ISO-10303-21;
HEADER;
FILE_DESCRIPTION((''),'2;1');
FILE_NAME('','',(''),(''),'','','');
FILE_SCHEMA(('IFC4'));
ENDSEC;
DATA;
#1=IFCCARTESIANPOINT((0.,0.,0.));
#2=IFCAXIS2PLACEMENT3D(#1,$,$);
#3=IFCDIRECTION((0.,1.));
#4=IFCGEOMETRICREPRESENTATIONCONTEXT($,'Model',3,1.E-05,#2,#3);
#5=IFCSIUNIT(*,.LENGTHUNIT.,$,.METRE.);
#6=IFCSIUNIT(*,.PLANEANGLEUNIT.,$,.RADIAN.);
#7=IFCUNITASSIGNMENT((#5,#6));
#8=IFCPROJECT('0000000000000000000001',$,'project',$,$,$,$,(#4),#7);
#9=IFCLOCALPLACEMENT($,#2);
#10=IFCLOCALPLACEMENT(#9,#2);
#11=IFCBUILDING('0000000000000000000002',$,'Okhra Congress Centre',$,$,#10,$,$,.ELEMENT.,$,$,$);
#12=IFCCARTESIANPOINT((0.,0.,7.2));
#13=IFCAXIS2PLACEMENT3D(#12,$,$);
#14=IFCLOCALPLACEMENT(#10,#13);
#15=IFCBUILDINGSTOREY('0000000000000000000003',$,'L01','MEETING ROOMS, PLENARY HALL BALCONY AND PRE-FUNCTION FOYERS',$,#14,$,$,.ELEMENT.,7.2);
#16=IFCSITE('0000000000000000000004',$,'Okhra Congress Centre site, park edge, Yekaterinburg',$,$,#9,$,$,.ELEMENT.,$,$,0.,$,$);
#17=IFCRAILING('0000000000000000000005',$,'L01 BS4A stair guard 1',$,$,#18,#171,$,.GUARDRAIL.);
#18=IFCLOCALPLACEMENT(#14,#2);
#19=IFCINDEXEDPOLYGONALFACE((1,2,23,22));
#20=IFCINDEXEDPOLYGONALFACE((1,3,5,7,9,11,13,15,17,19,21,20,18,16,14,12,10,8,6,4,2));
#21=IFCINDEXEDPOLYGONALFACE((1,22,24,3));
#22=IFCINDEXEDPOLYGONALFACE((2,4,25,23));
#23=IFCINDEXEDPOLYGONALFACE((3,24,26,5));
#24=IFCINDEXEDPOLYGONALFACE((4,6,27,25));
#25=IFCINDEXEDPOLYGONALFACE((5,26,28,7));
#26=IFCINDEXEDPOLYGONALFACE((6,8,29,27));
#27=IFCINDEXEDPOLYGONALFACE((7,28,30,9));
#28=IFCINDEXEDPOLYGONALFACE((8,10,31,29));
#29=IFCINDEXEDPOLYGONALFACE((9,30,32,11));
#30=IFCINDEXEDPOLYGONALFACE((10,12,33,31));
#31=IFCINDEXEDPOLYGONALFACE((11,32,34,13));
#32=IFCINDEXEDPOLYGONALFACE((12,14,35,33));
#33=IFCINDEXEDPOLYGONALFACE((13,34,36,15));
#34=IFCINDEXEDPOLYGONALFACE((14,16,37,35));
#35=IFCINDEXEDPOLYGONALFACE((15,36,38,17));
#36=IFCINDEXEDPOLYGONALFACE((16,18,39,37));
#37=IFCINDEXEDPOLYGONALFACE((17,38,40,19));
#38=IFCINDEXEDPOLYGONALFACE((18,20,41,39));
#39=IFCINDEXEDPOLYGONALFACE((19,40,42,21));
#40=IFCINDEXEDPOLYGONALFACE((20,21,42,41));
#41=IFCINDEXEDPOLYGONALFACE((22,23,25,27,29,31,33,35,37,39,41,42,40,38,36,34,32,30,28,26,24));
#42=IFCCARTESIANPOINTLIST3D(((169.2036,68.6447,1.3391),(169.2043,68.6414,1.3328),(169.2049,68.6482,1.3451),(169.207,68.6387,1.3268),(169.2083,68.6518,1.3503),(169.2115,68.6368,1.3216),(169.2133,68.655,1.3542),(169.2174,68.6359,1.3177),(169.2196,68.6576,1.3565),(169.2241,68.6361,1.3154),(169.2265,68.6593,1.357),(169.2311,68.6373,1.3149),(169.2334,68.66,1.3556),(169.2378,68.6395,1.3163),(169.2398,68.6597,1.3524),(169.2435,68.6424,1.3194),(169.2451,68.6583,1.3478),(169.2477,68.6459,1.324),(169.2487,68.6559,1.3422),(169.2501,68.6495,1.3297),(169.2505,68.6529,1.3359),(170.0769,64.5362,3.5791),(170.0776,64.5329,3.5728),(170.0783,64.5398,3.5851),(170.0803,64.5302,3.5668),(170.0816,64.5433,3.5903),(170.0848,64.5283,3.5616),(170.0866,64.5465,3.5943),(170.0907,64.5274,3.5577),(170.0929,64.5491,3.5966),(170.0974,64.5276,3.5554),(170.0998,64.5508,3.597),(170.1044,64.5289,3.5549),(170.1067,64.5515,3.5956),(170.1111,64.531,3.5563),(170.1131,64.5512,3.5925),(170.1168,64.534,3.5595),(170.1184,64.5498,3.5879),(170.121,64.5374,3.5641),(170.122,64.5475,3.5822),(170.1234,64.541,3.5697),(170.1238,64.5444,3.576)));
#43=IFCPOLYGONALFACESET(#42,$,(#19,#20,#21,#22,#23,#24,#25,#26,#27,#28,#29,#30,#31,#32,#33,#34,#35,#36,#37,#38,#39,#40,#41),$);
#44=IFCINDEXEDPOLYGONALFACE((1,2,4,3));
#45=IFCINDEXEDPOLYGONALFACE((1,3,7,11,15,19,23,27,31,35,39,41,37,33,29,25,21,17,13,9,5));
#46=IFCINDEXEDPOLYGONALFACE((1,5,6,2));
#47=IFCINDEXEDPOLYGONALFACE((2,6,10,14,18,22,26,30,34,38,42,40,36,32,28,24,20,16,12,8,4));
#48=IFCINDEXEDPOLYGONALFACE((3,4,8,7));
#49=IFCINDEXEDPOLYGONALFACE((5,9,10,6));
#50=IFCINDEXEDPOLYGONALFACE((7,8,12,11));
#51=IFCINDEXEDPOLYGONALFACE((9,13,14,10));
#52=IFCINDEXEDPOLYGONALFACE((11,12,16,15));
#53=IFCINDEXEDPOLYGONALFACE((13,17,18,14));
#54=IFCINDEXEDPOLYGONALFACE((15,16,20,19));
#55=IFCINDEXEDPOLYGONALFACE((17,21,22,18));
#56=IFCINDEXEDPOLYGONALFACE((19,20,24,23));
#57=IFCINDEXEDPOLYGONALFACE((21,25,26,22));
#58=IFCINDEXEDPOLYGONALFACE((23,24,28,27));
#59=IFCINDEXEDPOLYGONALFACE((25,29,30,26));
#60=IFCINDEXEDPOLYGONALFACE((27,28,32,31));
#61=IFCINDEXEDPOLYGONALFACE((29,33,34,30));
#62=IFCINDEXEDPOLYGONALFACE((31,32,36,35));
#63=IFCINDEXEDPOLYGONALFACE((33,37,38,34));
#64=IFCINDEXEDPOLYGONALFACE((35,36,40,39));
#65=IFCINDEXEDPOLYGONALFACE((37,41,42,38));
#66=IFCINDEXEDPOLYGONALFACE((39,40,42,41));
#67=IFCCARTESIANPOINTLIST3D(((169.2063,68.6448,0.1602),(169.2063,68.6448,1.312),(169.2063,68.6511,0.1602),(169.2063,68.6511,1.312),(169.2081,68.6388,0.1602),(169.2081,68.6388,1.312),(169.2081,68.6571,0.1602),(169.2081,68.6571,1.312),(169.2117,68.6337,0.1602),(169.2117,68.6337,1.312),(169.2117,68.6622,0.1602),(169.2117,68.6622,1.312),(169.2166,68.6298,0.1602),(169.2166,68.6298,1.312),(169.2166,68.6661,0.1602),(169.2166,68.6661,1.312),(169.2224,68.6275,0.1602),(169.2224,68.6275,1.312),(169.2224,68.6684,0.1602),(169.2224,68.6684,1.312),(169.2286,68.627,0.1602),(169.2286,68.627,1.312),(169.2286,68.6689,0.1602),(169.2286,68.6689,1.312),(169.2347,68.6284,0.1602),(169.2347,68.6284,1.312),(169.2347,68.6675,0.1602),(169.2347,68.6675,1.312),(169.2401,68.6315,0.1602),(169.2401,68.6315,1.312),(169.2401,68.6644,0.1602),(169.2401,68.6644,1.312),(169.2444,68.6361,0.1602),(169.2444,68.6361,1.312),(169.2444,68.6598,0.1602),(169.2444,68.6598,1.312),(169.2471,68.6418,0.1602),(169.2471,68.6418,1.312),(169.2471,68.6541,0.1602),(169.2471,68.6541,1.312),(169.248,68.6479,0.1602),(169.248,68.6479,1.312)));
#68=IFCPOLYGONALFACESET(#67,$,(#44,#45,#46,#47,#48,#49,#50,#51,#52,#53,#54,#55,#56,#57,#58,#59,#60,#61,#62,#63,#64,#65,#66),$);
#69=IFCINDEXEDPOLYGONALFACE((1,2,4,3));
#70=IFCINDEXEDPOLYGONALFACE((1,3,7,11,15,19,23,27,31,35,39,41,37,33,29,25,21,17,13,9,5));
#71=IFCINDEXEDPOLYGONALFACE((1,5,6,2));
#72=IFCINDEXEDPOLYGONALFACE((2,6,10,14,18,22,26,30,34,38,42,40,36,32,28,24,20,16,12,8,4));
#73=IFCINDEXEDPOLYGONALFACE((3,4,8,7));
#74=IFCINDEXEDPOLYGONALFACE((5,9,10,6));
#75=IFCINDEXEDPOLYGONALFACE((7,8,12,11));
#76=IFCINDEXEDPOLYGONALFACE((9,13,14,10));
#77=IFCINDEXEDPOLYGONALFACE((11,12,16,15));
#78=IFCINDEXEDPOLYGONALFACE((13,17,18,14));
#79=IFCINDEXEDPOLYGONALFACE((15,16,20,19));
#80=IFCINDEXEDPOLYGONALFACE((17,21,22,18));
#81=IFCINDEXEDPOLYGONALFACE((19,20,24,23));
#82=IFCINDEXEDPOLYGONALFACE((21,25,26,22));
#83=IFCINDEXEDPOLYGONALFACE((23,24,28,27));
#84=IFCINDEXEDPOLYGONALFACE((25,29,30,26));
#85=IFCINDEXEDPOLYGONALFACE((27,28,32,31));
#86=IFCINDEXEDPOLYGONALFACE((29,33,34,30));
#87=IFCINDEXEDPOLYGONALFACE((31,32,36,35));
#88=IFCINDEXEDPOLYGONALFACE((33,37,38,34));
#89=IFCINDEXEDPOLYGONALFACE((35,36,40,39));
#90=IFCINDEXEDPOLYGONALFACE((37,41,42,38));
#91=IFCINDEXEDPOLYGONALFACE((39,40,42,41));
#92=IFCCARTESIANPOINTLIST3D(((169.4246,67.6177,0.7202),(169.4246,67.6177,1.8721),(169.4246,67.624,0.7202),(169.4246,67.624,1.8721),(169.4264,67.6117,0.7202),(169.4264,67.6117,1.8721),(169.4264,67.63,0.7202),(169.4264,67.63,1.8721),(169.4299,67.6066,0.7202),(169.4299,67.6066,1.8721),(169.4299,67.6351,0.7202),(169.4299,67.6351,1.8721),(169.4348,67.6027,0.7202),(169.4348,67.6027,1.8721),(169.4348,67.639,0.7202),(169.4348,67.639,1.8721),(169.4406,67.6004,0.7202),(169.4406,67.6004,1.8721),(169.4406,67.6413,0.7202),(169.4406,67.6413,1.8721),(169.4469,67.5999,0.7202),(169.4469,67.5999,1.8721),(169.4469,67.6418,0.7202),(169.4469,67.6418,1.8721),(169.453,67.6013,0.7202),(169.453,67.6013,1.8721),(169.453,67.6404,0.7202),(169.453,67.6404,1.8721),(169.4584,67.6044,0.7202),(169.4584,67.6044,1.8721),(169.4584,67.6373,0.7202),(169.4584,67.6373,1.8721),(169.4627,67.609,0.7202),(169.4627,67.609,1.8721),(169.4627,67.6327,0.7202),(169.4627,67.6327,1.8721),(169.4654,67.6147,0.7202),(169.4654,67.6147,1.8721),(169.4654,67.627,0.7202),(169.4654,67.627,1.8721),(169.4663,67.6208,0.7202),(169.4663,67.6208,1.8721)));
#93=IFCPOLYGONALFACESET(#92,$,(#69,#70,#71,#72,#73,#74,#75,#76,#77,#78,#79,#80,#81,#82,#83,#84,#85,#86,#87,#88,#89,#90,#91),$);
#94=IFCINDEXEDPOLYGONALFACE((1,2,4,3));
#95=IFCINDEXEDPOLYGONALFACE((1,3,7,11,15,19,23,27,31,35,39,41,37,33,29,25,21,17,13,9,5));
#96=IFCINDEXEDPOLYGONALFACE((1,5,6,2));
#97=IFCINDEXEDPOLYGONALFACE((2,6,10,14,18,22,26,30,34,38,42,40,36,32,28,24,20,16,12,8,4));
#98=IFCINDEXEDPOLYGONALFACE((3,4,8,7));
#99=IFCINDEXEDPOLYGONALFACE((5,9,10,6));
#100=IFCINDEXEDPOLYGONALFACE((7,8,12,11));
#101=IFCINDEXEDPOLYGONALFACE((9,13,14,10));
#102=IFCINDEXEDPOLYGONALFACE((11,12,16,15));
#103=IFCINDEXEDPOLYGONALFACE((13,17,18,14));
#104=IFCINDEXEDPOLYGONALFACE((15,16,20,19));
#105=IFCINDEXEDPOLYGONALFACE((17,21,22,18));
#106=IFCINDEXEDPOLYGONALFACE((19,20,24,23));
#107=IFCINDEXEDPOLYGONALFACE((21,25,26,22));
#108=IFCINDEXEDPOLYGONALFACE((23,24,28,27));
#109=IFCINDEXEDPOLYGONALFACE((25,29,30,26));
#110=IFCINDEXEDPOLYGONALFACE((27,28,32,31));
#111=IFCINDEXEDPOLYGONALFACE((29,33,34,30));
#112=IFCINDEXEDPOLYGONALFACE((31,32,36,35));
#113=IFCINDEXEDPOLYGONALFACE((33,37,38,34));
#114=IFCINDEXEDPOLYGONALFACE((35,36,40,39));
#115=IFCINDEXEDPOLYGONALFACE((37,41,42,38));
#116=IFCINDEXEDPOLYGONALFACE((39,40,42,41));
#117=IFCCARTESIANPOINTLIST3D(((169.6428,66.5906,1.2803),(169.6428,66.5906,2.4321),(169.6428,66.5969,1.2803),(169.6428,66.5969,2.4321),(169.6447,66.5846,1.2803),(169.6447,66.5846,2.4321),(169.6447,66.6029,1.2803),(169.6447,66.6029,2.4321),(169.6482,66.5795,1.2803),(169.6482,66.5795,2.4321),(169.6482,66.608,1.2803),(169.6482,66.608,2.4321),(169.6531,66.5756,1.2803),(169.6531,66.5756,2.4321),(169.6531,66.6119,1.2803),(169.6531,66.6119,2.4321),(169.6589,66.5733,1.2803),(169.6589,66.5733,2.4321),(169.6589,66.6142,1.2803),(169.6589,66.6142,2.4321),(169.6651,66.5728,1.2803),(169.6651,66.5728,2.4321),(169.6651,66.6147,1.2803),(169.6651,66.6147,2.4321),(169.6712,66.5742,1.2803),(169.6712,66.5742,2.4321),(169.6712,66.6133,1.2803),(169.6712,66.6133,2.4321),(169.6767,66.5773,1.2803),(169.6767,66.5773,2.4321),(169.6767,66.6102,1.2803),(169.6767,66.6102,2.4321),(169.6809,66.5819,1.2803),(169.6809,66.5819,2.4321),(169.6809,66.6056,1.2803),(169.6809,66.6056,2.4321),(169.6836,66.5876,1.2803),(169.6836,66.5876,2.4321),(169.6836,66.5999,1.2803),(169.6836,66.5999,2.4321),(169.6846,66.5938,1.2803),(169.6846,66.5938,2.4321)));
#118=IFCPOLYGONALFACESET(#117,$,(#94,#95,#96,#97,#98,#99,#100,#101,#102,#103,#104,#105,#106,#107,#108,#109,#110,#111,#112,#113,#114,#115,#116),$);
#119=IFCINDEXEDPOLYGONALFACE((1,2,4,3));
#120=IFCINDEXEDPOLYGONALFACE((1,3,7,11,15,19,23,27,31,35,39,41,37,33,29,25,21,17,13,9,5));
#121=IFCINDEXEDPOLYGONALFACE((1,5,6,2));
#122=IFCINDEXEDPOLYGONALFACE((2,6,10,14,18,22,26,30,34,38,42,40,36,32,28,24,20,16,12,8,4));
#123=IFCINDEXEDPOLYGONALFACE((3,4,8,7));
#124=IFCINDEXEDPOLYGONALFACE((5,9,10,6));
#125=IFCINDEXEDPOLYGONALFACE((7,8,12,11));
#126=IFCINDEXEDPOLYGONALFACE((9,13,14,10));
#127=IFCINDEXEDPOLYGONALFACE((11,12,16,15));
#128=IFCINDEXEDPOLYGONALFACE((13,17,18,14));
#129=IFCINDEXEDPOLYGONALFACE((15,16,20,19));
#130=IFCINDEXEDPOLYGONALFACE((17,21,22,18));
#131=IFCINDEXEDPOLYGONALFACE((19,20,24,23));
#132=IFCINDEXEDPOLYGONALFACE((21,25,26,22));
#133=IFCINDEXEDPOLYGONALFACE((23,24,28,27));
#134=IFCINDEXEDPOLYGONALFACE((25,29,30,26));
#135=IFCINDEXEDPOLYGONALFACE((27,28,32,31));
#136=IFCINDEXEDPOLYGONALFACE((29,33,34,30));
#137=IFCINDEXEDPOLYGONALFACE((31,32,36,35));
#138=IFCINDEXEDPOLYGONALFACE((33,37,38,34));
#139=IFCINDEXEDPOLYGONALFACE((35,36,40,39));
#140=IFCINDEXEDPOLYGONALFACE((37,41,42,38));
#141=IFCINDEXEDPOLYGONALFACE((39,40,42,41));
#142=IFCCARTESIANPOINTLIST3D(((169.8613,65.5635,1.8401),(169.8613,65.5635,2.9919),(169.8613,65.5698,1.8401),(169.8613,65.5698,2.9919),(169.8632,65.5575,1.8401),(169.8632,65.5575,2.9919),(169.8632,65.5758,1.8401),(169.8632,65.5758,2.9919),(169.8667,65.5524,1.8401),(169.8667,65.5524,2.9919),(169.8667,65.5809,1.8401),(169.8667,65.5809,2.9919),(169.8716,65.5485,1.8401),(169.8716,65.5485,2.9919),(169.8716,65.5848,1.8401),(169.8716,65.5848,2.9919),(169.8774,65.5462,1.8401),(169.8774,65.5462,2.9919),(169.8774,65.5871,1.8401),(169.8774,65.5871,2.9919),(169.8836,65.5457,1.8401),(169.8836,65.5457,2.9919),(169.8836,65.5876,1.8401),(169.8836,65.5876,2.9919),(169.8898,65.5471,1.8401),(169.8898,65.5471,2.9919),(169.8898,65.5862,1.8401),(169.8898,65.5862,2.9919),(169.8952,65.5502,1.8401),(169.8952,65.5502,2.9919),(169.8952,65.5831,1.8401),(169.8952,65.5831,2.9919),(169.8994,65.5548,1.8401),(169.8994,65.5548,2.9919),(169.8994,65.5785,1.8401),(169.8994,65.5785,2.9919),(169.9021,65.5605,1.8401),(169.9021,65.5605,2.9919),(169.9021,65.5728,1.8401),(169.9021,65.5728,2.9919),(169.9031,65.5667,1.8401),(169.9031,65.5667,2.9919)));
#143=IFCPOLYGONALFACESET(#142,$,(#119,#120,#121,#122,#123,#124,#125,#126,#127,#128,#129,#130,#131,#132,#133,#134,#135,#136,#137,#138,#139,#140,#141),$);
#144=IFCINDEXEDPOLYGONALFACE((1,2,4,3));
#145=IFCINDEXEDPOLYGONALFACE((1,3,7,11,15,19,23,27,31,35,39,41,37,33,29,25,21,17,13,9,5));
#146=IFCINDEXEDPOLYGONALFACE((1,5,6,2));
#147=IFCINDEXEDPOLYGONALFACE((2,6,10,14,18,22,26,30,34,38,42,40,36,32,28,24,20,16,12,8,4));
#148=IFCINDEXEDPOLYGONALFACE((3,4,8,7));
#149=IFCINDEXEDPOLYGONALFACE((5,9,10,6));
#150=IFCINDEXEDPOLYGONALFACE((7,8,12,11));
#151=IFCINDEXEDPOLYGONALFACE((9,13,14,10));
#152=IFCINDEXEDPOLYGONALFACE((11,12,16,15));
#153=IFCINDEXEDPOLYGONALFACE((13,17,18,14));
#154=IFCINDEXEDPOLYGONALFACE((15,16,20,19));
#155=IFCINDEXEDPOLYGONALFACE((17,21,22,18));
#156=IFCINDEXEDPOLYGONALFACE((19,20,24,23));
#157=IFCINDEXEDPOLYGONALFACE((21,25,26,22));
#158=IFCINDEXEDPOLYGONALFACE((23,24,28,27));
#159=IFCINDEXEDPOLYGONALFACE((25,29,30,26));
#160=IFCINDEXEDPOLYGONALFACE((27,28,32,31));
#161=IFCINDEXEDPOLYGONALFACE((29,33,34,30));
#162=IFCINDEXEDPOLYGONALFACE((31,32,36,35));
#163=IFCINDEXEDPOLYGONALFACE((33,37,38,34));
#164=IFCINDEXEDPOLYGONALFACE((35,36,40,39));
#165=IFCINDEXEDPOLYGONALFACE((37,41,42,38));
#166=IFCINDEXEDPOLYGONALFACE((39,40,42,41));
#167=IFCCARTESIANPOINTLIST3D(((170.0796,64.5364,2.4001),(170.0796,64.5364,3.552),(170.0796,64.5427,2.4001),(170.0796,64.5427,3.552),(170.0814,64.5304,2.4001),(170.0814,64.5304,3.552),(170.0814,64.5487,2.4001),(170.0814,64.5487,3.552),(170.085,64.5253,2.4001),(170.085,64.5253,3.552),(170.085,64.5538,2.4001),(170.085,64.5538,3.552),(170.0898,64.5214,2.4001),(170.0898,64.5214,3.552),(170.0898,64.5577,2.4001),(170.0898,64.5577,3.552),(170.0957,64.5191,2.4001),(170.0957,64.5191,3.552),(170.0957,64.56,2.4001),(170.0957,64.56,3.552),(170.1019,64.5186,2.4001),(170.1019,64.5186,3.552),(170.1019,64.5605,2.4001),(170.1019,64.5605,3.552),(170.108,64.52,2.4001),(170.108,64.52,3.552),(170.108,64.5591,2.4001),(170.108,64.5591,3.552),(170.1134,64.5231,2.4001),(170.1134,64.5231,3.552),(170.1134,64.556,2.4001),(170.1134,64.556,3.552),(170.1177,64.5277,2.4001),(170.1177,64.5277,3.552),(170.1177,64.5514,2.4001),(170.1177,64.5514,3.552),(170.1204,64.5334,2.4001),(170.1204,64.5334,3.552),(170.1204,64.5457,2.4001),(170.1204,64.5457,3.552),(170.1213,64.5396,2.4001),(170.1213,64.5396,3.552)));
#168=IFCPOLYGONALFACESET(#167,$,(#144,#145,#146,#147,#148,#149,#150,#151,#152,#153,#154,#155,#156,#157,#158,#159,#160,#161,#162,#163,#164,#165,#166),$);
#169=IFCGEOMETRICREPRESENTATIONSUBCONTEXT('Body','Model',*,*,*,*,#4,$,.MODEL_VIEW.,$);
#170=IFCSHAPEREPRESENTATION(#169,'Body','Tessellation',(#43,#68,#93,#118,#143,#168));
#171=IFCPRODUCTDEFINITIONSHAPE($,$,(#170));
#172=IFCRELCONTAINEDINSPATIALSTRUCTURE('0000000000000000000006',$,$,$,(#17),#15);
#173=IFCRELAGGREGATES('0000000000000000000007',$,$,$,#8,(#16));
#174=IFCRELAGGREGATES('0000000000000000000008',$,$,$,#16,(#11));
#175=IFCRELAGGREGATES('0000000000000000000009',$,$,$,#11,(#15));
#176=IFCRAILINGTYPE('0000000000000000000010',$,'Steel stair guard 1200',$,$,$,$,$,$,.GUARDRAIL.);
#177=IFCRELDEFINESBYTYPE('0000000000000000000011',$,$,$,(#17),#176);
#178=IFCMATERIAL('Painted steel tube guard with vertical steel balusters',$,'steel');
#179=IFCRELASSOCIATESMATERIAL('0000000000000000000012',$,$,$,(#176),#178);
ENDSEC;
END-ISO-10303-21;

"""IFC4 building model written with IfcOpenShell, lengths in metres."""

from ifc_helpers import new_model, si_unit, direction, frame, origin, origin_2d, place, context, subcontext, project, spatial, circle, extrude, material, type_object, element, save


model = new_model("IFC4")

# Units and contexts
model_context = context("Model", 3, precision=1e-05, world=origin(), true_north=direction((0.0, 1.0)))
body_context = subcontext(model_context, "Body", "Model", "MODEL_VIEW")
ifc_project = project(units=[si_unit("LENGTHUNIT", "METRE"), si_unit("PLANEANGLEUNIT", "RADIAN")], contexts=[model_context])

# Site, building, storey
site_placement = place(None, origin())
site = spatial("IfcSite", under=ifc_project, at=site_placement, Name="Okhra Congress Centre site, park edge, Yekaterinburg", CompositionType="ELEMENT", RefElevation=0.0)
building_placement = place(site_placement, origin())
building = spatial("IfcBuilding", under=site, at=building_placement, Name="Okhra Congress Centre", CompositionType="ELEMENT")
storey_placement = place(building_placement, frame((0.0, 0.0, 7.2)))
storey = spatial("IfcBuildingStorey", under=building, at=storey_placement, Name="L01", Description="MEETING ROOMS, PLENARY HALL BALCONY AND PRE-FUNCTION FOYERS", CompositionType="ELEMENT", Elevation=7.2)

# Railing
ifc_material_1 = material(Name="Painted steel tube guard with vertical steel balusters", Category="steel")
railing_type_1 = type_object("IfcRailingType", Name="Steel stair guard 1200", PredefinedType="GUARDRAIL", material=ifc_material_1)
railing_1_placement = place(storey_placement, frame((169.2271, 68.6479, 0.1602)))
element("IfcRailing", 1, at=railing_1_placement, inside=storey, type_object=railing_type_1, Name="L01 BS4A stair guard 1", PredefinedType="GUARDRAIL", context=body_context, shape_type="SweptSolid", body=[
    extrude(circle(Radius=0.0239, at=origin_2d()), frame((0.0, 0.0, 1.1758), z_axis=(0.183458, -0.86308, 0.47057), x_axis=(0.978146, 0.207917, 0.0)), (0.0, 0.0, 1.0), 4.7603),
    extrude(circle(Radius=0.021, at=origin_2d()), origin(), (0.0, 0.0, 1.0), 1.1519),
    extrude(circle(Radius=0.021, at=origin_2d()), frame((0.2183, -1.0271, 0.5601)), (0.0, 0.0, 1.0), 1.1519),
    extrude(circle(Radius=0.021, at=origin_2d()), frame((0.4365, -2.0542, 1.1201)), (0.0, 0.0, 1.0), 1.1519),
    extrude(circle(Radius=0.021, at=origin_2d()), frame((0.655, -3.0813, 1.6799)), (0.0, 0.0, 1.0), 1.1519),
    extrude(circle(Radius=0.021, at=origin_2d()), frame((0.8733, -4.1084, 2.24)), (0.0, 0.0, 1.0), 1.1519),
])

save(model, "model.ifc")
